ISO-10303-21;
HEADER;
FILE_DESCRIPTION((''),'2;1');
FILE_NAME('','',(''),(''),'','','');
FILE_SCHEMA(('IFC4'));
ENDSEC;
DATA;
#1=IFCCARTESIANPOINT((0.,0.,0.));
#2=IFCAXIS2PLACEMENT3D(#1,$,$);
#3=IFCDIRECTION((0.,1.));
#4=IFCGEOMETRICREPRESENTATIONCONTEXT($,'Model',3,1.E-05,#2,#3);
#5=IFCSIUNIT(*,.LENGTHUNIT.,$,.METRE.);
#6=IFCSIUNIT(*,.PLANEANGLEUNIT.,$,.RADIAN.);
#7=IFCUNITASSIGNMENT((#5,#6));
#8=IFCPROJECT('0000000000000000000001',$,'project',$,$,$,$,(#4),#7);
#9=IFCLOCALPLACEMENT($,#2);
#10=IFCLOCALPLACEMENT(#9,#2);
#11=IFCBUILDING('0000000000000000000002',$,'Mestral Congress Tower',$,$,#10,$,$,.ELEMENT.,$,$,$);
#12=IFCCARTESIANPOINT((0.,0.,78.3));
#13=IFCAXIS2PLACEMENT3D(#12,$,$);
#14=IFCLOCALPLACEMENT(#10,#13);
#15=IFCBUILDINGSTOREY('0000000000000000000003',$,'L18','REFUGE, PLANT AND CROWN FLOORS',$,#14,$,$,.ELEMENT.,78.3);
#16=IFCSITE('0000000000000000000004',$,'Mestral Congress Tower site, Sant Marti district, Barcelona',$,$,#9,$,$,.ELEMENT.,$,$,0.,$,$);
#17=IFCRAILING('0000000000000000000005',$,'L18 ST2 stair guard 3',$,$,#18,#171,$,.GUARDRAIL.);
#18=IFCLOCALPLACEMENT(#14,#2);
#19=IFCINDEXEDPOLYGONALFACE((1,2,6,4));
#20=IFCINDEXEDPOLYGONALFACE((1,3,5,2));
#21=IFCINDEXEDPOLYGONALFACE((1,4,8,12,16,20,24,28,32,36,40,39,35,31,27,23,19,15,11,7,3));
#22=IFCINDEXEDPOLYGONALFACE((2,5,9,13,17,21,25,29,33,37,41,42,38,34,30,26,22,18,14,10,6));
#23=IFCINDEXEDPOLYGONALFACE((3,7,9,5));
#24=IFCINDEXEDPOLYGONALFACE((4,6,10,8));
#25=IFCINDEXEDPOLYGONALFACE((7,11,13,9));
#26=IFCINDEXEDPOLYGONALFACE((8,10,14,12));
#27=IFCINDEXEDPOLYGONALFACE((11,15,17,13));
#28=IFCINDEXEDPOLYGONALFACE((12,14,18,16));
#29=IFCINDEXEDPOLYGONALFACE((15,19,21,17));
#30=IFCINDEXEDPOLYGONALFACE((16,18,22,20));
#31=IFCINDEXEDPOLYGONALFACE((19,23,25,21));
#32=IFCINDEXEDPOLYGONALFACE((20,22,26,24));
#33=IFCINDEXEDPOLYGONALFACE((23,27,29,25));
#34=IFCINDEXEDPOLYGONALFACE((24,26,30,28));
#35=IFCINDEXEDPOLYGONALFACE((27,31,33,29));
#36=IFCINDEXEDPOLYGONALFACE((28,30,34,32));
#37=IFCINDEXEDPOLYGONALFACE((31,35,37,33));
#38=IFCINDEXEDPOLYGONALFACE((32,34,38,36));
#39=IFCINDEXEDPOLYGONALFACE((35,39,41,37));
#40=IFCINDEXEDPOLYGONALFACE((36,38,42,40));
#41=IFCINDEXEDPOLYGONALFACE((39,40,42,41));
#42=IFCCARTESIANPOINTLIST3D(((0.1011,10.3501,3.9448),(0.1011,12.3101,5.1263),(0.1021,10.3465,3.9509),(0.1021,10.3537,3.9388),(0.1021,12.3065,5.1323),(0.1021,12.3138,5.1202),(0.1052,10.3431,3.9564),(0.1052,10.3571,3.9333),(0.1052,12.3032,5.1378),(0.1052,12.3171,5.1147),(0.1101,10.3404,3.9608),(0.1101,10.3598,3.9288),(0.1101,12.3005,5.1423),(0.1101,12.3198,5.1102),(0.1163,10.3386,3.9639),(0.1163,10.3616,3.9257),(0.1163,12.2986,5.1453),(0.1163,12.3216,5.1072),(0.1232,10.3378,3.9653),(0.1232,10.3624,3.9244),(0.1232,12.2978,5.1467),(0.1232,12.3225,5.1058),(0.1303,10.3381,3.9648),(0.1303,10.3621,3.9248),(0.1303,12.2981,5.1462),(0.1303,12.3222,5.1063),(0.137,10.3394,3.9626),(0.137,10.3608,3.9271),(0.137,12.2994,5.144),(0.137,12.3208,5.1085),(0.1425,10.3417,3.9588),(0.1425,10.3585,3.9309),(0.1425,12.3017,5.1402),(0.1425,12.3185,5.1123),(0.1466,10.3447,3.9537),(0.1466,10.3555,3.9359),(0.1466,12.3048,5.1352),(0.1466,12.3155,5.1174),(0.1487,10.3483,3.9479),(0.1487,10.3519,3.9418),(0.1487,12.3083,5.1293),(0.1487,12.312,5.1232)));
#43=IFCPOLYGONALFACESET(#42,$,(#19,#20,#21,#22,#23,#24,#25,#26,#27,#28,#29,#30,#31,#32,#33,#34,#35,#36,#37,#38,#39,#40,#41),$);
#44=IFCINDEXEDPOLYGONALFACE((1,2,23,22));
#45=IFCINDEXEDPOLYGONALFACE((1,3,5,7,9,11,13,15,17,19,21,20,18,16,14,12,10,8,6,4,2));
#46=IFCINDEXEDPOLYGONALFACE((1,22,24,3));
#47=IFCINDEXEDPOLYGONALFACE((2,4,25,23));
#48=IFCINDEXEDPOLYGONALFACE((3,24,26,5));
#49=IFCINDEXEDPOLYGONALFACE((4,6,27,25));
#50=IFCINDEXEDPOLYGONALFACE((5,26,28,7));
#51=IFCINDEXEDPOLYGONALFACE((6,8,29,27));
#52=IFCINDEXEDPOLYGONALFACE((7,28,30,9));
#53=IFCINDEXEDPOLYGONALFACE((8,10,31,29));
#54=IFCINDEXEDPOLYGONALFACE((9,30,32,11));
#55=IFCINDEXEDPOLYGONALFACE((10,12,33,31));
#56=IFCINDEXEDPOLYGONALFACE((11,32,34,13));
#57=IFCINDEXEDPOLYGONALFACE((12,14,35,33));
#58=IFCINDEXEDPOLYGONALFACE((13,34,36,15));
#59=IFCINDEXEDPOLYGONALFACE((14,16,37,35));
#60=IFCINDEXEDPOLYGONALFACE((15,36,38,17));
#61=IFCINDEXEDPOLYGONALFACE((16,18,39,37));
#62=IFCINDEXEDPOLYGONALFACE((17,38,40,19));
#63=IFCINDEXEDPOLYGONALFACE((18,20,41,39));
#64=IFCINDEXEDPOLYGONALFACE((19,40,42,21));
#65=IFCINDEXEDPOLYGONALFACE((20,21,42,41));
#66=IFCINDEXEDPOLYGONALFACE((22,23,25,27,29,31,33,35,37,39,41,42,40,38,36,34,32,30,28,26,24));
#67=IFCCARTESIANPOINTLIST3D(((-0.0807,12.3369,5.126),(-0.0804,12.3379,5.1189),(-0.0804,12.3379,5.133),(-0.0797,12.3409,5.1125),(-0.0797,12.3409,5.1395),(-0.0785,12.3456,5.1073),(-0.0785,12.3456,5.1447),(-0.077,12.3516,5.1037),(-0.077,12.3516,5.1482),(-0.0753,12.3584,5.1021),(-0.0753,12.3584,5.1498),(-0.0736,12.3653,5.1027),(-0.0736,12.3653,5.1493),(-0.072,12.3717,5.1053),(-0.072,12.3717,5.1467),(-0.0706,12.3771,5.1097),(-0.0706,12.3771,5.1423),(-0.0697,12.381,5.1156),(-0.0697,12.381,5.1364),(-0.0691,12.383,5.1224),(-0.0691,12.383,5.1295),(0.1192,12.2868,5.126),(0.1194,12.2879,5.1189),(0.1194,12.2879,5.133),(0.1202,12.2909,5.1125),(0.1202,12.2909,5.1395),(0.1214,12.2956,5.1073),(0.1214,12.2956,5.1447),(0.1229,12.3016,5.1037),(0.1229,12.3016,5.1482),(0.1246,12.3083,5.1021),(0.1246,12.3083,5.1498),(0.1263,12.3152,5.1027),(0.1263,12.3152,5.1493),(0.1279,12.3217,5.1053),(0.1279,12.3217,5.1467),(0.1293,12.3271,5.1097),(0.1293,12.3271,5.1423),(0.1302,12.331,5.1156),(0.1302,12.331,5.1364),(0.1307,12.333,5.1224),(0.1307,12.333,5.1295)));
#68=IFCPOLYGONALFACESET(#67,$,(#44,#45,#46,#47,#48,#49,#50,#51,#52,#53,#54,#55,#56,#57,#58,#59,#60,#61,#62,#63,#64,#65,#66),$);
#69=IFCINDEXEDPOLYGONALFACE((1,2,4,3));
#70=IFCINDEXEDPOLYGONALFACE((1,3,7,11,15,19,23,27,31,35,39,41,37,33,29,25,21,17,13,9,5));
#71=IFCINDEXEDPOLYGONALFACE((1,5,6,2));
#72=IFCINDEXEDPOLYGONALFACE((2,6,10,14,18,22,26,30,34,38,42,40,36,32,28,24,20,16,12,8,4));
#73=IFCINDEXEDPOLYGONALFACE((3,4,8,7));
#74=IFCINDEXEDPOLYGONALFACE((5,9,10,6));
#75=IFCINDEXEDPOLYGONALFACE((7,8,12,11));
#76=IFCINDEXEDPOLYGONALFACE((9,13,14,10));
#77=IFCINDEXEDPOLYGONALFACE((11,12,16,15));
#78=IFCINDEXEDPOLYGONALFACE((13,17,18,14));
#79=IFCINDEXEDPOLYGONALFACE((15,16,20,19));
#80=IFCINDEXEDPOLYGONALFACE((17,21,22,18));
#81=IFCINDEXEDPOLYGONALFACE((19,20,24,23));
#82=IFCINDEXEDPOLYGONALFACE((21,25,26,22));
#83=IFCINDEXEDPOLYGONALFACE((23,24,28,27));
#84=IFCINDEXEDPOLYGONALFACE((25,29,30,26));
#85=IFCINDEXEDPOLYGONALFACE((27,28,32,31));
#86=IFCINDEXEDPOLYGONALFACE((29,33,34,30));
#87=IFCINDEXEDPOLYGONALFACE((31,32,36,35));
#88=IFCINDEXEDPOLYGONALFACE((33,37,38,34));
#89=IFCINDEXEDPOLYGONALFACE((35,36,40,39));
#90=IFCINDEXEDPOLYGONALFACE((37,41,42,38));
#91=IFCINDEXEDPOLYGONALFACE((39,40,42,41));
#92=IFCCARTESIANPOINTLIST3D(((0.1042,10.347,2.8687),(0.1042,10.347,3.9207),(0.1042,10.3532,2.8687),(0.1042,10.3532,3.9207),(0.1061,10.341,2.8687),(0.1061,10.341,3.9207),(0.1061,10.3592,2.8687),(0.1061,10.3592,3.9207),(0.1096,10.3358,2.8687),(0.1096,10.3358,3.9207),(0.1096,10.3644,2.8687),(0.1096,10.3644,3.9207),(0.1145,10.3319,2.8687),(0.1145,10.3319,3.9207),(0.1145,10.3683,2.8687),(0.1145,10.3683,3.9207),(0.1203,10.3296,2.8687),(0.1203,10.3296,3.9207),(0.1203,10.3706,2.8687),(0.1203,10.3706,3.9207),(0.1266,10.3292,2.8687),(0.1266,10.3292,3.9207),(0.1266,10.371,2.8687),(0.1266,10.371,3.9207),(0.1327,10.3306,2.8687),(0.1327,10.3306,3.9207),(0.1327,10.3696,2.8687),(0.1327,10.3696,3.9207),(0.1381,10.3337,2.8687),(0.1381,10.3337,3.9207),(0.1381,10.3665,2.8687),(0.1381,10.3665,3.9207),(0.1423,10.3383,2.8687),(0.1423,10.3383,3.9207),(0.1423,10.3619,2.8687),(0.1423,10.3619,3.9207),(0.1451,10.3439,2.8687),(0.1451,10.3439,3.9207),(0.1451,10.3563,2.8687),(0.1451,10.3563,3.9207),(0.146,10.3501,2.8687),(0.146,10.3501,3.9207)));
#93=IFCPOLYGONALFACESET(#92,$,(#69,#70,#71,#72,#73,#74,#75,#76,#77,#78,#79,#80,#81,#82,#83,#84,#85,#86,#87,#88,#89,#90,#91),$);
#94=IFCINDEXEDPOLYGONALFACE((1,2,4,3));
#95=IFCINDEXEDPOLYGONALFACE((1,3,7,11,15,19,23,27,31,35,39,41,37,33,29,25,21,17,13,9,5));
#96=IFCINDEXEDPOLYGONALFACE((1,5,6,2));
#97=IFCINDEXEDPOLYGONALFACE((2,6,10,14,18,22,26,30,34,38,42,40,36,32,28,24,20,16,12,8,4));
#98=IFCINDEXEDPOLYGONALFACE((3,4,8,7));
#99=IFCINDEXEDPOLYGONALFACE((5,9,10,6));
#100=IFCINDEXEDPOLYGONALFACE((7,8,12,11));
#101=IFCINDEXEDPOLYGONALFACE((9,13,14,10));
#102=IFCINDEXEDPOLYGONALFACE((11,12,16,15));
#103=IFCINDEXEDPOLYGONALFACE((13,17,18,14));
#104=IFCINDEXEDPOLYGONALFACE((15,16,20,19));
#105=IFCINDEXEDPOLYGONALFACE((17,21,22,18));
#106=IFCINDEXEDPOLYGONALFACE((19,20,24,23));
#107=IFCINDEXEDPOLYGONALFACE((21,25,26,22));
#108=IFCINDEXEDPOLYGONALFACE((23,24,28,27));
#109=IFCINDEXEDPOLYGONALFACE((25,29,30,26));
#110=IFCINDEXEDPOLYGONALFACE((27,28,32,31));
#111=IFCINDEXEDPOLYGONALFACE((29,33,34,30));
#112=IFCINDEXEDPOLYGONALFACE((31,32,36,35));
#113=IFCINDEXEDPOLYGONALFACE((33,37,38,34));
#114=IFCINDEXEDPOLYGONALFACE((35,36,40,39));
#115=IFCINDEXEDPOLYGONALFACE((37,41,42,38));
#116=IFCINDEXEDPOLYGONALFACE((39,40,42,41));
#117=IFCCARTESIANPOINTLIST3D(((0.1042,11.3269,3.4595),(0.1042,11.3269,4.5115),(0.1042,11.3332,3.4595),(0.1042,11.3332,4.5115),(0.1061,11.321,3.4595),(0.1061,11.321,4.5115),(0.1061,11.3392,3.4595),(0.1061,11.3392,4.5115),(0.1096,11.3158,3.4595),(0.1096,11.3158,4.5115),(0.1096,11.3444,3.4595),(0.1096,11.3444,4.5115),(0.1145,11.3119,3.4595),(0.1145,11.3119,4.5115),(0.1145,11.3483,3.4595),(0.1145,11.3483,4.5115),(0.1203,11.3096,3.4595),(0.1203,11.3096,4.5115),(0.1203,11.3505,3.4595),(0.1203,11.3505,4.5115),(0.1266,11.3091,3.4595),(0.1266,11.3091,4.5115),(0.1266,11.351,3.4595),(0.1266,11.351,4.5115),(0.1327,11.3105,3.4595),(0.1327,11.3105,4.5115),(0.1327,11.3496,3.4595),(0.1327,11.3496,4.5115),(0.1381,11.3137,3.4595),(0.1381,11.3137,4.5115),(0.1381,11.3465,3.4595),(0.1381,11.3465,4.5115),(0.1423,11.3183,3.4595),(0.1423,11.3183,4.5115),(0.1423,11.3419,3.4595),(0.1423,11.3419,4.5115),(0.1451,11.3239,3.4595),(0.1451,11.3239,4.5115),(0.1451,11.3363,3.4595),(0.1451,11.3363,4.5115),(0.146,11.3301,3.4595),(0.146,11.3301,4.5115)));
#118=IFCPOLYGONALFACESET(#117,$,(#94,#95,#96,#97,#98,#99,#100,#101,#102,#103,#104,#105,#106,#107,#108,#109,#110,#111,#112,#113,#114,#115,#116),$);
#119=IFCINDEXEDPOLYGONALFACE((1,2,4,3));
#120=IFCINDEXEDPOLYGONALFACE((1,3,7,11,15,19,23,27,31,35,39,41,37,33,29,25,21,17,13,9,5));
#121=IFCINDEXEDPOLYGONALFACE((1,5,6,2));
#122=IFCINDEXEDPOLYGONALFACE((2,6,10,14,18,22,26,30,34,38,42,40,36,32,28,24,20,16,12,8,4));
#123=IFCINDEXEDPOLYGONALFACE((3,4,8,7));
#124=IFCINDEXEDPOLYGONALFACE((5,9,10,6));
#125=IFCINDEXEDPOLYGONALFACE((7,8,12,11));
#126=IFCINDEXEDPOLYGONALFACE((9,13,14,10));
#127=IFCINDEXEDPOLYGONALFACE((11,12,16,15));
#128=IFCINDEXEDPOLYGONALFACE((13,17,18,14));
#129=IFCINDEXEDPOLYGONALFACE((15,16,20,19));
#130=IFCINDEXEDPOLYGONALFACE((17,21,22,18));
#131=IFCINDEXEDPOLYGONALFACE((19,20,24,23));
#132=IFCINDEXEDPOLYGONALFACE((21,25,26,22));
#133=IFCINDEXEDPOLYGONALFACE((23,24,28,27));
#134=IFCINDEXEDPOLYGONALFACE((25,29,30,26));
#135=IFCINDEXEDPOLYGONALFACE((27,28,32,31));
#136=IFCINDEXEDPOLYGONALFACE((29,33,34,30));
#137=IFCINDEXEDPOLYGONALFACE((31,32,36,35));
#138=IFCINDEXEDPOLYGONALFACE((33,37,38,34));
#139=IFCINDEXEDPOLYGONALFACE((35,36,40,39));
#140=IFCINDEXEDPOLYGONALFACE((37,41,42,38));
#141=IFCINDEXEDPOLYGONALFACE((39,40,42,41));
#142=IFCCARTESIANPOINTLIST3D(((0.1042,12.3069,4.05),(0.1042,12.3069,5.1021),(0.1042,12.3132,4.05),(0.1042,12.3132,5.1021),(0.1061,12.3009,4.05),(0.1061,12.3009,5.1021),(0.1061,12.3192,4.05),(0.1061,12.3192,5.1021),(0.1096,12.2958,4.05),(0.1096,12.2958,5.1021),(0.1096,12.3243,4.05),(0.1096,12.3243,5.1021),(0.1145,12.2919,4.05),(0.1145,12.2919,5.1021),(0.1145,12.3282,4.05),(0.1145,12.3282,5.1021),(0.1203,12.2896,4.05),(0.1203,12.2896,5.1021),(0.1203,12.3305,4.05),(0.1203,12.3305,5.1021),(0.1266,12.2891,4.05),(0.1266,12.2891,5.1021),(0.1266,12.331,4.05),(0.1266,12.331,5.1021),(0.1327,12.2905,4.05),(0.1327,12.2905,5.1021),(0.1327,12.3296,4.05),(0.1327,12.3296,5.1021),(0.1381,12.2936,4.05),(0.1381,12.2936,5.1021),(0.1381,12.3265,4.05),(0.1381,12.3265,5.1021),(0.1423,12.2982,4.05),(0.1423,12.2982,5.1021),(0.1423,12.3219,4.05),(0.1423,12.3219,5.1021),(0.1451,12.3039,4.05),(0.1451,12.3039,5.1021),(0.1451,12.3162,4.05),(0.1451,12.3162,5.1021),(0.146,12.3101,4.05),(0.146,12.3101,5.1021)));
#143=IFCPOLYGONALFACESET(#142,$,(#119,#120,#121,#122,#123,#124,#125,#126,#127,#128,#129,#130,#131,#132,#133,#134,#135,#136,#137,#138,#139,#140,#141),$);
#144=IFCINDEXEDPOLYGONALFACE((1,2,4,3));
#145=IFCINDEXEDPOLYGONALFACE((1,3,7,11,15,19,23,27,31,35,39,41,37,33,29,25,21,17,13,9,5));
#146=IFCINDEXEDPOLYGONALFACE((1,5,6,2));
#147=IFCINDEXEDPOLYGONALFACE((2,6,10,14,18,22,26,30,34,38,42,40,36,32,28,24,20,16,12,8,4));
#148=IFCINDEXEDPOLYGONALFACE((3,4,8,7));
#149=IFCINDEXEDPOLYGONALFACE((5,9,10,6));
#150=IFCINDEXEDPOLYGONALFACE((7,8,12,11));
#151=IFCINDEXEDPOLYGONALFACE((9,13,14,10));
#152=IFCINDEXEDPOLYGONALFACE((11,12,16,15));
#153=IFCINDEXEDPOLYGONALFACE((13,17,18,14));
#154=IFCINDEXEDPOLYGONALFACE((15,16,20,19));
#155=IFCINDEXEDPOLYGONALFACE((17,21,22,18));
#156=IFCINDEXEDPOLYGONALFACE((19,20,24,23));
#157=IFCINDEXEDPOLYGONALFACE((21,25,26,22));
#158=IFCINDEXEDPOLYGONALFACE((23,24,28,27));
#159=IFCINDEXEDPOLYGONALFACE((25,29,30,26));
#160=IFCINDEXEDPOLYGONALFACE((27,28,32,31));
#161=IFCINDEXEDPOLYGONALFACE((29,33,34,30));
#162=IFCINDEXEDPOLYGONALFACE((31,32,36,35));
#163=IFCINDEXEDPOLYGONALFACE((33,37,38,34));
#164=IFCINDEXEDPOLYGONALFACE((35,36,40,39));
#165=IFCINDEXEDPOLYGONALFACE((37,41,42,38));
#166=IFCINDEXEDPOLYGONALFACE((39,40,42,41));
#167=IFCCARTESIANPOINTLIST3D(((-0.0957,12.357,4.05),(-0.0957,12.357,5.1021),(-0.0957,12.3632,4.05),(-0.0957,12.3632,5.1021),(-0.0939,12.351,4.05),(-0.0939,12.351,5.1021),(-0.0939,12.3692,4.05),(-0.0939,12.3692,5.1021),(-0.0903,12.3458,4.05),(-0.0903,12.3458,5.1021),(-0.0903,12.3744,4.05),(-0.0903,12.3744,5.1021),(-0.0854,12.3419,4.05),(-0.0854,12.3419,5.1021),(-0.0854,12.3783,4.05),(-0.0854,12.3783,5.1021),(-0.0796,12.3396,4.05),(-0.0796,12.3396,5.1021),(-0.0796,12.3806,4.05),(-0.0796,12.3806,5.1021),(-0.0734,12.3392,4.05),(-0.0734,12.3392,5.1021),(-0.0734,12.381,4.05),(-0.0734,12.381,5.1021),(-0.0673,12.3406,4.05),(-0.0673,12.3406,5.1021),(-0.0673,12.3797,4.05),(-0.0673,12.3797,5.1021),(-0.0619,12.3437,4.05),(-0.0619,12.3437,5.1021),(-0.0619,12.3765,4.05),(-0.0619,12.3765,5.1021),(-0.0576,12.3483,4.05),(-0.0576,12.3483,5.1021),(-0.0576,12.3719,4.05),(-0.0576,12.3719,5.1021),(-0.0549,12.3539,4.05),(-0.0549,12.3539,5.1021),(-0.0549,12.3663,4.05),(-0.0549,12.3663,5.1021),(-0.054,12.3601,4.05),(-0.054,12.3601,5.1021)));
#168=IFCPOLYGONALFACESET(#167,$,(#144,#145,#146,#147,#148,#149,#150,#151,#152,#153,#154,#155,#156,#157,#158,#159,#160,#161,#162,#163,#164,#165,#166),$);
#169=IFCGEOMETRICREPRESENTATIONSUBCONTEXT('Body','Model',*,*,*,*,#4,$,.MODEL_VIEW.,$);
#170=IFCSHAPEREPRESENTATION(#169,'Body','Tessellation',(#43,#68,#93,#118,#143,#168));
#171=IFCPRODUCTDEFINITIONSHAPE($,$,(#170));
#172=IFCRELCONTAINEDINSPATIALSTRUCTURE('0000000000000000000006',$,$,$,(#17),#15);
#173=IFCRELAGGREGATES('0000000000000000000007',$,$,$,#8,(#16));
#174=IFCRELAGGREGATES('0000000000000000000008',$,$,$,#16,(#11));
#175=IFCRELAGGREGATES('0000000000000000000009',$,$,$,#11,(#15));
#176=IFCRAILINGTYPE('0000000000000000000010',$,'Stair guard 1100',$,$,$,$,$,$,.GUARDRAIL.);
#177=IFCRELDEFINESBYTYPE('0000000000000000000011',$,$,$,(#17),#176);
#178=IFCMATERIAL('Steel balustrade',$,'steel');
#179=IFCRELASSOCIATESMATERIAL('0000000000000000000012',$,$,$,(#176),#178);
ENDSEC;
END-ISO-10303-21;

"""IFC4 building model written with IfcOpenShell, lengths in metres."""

from ifc_helpers import new_model, si_unit, direction, frame, origin, origin_2d, place, context, subcontext, project, spatial, circle, extrude, material, type_object, element, save


model = new_model("IFC4")

# Units and contexts
model_context = context("Model", 3, precision=1e-05, world=origin(), true_north=direction((0.0, 1.0)))
body_context = subcontext(model_context, "Body", "Model", "MODEL_VIEW")
ifc_project = project(units=[si_unit("LENGTHUNIT", "METRE"), si_unit("PLANEANGLEUNIT", "RADIAN")], contexts=[model_context])

# Site, building, storey
site_placement = place(None, origin())
site = spatial("IfcSite", under=ifc_project, at=site_placement, Name="Mestral Congress Tower site, Sant Marti district, Barcelona", CompositionType="ELEMENT", RefElevation=0.0)
building_placement = place(site_placement, origin())
building = spatial("IfcBuilding", under=site, at=building_placement, Name="Mestral Congress Tower", CompositionType="ELEMENT")
storey_placement = place(building_placement, frame((0.0, 0.0, 78.3)))
storey = spatial("IfcBuildingStorey", under=building, at=storey_placement, Name="L18", Description="REFUGE, PLANT AND CROWN FLOORS", CompositionType="ELEMENT", Elevation=78.3)

# Railing
ifc_material_1 = material(Name="Steel balustrade", Category="steel")
railing_type_1 = type_object("IfcRailingType", Name="Stair guard 1100", PredefinedType="GUARDRAIL", material=ifc_material_1)
railing_1_placement = place(storey_placement, frame((0.125, 10.3501, 2.8687)))
element("IfcRailing", 1, at=railing_1_placement, inside=storey, type_object=railing_type_1, Name="L18 ST2 stair guard 3", PredefinedType="GUARDRAIL", context=body_context, shape_type="SweptSolid", body=[
    extrude(circle(Radius=0.0239, at=origin_2d()), frame((0.0, 0.0, 1.0762), z_axis=(0.0, 0.856446, 0.516236), x_axis=(-1.0, 0.0, 0.0)), (0.0, 0.0, 1.0), 2.2886),
    extrude(circle(Radius=0.0239, at=origin_2d()), frame((0.0, 1.96, 2.2573), z_axis=(-0.970073, 0.242814, 0.0), x_axis=(-0.242814, -0.970073, 0.0)), (0.0, 0.0, 1.0), 0.2061),
    extrude(circle(Radius=0.021, at=origin_2d()), origin(), (0.0, 0.0, 1.0), 1.052),
    extrude(circle(Radius=0.021, at=origin_2d()), frame((0.0, 0.98, 0.5908)), (0.0, 0.0, 1.0), 1.052),
    extrude(circle(Radius=0.021, at=origin_2d()), frame((0.0, 1.96, 1.1814)), (0.0, 0.0, 1.0), 1.052),
    extrude(circle(Radius=0.021, at=origin_2d()), frame((-0.2, 2.01, 1.1814)), (0.0, 0.0, 1.0), 1.052),
])

save(model, "model.ifc")
